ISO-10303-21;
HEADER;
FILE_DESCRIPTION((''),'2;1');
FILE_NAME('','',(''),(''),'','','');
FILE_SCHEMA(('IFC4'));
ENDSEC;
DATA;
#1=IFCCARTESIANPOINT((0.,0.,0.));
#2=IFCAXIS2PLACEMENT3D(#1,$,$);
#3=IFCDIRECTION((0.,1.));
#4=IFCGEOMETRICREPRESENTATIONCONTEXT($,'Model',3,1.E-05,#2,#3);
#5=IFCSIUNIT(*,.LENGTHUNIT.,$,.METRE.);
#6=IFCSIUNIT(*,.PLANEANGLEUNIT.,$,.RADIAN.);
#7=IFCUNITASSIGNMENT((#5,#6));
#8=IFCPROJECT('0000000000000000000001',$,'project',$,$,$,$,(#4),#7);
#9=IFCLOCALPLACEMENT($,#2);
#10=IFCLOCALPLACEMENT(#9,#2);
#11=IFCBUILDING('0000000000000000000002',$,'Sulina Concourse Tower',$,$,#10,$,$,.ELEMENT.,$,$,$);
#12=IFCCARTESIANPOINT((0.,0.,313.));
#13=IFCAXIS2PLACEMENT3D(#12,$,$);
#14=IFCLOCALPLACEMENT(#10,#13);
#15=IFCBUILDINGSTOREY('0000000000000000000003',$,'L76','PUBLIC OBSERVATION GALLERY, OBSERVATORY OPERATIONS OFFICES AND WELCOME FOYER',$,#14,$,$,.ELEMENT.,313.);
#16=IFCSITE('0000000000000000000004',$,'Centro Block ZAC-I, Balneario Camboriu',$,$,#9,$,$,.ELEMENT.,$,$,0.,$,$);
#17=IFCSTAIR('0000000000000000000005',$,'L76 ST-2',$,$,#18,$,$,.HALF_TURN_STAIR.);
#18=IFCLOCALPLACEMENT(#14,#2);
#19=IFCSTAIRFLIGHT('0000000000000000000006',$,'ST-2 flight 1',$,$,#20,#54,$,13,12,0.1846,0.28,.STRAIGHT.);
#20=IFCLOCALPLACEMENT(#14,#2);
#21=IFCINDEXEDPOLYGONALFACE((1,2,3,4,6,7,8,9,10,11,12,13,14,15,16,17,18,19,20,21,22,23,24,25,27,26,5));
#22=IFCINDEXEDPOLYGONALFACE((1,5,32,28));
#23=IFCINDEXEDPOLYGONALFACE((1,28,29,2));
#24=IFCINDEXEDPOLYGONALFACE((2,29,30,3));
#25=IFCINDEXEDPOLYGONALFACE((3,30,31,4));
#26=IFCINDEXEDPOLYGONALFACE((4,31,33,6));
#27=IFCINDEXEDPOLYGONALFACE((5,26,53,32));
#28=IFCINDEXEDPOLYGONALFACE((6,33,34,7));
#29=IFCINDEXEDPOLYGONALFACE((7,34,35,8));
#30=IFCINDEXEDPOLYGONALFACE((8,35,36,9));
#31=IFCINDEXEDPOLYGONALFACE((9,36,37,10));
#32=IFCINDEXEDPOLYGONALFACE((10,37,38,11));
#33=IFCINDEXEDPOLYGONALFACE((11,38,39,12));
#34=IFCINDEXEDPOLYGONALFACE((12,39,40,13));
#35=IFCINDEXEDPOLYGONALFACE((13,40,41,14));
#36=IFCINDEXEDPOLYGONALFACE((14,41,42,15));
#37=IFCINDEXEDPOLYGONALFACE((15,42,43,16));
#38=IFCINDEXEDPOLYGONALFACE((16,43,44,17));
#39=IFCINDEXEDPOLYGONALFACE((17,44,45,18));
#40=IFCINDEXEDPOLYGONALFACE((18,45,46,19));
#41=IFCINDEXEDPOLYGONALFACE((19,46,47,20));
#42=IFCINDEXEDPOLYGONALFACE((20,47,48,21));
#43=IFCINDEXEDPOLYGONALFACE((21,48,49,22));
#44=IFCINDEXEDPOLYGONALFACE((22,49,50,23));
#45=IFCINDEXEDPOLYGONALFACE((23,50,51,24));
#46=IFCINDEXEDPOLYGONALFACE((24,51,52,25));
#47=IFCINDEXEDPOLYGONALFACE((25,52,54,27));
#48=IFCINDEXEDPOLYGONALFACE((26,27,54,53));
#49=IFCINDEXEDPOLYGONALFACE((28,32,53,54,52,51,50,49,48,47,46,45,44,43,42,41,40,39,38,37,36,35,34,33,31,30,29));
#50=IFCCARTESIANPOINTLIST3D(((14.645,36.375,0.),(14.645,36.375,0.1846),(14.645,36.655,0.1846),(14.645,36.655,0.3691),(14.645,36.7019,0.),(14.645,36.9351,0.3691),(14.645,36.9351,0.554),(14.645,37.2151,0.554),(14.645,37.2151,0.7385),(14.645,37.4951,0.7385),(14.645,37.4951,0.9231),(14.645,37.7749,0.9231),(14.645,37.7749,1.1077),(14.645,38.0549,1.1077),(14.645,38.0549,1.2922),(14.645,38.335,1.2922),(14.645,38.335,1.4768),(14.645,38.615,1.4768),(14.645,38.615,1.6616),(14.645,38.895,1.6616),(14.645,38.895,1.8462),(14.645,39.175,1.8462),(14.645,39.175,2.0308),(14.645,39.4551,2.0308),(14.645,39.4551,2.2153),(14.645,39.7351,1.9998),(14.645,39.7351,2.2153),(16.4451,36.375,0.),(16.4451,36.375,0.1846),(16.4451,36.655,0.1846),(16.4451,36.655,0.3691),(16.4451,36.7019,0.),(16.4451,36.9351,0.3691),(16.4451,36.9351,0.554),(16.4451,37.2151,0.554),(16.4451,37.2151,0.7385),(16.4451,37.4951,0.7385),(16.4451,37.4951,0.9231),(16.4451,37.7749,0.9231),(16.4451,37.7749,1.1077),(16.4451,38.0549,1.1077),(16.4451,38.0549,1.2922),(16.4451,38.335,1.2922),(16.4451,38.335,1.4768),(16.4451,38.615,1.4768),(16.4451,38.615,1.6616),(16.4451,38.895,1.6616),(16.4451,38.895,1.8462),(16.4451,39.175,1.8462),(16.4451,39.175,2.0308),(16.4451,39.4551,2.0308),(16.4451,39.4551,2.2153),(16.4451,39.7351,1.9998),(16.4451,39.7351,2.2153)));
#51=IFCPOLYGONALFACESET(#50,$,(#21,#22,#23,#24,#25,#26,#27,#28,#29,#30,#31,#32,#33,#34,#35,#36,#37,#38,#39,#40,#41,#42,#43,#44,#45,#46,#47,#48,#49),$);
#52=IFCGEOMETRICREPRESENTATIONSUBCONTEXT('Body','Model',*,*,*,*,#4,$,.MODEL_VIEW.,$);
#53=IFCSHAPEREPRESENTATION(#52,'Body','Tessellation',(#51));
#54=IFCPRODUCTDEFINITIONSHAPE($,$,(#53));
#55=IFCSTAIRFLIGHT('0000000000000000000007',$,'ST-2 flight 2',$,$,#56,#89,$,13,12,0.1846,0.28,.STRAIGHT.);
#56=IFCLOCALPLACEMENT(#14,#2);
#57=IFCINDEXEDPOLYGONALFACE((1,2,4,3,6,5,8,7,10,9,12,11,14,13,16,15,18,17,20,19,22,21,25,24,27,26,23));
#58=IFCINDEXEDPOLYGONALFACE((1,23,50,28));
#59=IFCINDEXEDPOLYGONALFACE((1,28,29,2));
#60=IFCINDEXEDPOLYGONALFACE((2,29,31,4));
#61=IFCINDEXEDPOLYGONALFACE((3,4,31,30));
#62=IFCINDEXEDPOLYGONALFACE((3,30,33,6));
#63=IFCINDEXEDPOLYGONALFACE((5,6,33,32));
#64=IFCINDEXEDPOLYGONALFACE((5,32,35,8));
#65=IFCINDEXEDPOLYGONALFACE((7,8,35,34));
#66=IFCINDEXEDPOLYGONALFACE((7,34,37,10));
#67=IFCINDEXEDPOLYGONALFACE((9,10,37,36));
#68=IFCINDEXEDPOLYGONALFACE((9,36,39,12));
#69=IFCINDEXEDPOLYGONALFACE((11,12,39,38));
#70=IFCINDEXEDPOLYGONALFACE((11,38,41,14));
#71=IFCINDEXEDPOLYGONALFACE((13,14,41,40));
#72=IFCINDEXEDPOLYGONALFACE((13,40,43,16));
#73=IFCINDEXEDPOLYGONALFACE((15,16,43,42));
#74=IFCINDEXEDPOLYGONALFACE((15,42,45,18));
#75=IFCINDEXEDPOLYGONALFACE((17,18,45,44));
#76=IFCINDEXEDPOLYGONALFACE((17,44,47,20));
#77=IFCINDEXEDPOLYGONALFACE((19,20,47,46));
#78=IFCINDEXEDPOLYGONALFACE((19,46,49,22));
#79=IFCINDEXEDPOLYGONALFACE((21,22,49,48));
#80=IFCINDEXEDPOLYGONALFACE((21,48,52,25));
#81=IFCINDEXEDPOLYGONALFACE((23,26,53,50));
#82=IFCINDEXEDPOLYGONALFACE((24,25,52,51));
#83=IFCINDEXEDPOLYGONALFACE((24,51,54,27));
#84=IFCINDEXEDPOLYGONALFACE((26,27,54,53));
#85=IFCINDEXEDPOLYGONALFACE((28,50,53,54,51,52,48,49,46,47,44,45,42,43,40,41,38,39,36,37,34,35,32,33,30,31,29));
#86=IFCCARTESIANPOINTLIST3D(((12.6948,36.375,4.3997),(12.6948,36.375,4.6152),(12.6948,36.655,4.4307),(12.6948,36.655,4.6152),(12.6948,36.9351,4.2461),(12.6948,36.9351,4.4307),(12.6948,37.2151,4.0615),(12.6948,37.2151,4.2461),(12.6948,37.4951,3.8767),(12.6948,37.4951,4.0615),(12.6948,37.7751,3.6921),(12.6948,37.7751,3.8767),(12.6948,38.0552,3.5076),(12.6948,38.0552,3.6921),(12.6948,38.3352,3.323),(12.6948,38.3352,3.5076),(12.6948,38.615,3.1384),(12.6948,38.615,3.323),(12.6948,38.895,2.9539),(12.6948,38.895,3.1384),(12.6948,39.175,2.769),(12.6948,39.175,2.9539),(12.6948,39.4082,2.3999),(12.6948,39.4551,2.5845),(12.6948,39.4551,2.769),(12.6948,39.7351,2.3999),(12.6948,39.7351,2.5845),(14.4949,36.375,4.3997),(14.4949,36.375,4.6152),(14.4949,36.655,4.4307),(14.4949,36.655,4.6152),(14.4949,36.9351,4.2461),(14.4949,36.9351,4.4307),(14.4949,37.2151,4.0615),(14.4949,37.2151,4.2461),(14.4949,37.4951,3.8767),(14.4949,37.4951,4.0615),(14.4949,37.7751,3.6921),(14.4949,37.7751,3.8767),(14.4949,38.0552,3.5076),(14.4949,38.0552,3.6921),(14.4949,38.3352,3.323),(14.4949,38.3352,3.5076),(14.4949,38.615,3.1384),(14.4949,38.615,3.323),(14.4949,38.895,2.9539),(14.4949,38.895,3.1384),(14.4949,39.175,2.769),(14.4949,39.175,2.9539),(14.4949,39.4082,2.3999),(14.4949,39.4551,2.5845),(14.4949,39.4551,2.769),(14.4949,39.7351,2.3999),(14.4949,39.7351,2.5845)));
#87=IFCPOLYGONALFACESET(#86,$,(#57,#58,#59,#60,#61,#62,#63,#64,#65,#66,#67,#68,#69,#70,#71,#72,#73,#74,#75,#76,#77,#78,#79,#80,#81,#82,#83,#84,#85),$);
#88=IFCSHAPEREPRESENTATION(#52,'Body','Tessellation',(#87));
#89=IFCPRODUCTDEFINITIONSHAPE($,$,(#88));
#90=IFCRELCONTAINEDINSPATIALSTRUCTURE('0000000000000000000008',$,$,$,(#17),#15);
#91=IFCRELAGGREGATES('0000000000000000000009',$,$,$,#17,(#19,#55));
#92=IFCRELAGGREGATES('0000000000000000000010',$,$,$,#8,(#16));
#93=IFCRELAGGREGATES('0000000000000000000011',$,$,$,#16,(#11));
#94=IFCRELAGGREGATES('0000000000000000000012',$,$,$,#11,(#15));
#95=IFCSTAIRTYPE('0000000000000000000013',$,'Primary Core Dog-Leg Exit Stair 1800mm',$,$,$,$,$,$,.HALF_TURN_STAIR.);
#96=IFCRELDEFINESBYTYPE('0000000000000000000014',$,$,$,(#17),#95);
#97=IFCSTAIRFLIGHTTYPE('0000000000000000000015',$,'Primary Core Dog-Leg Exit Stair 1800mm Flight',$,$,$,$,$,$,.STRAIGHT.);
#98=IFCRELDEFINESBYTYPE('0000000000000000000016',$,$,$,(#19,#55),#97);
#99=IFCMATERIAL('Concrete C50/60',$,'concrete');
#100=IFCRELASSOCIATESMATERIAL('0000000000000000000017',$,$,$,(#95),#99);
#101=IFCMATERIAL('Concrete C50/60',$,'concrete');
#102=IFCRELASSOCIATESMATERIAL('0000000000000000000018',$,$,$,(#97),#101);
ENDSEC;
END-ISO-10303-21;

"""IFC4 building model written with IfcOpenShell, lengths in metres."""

from ifc_helpers import new_model, si_unit, direction, frame, origin, place, context, subcontext, project, spatial, polyline, outline, extrude, material, type_object, element, aggregate, save


model = new_model("IFC4")

# Units and contexts
model_context = context("Model", 3, precision=1e-05, world=origin(), true_north=direction((0.0, 1.0)))
body_context = subcontext(model_context, "Body", "Model", "MODEL_VIEW")
ifc_project = project(units=[si_unit("LENGTHUNIT", "METRE"), si_unit("PLANEANGLEUNIT", "RADIAN")], contexts=[model_context])

# Site, building, storey
site_placement = place(None, origin())
site = spatial("IfcSite", under=ifc_project, at=site_placement, Name="Centro Block ZAC-I, Balneario Camboriu", CompositionType="ELEMENT", RefElevation=0.0)
building_placement = place(site_placement, origin())
building = spatial("IfcBuilding", under=site, at=building_placement, Name="Sulina Concourse Tower", CompositionType="ELEMENT")
storey_placement = place(building_placement, frame((0.0, 0.0, 313.0)))
storey = spatial("IfcBuildingStorey", under=building, at=storey_placement, Name="L76", Description="PUBLIC OBSERVATION GALLERY, OBSERVATORY OPERATIONS OFFICES AND WELCOME FOYER", CompositionType="ELEMENT", Elevation=313.0)

# Stair, stair flights
ifc_material_1 = material(Name="Concrete C50/60", Category="concrete")
stair_type = type_object("IfcStairType", Name="Primary Core Dog-Leg Exit Stair 1800mm", PredefinedType="HALF_TURN_STAIR", material=ifc_material_1)
stair_placement = place(storey_placement, origin())
stair = element("IfcStair", 1, at=stair_placement, inside=storey, type_object=stair_type, Name="L76 ST-2", PredefinedType="HALF_TURN_STAIR")
ifc_material_2 = material(Name="Concrete C50/60", Category="concrete")
stair_flight_type = type_object("IfcStairFlightType", Name="Primary Core Dog-Leg Exit Stair 1800mm Flight", PredefinedType="STRAIGHT", material=ifc_material_2)
stair_flight_1_placement = place(storey_placement, frame((15.5449, 36.375, 0.0), z_axis=(0.0, 0.0, 1.0), x_axis=(0.0, 1.0, 0.0)))
stair_flight_1 = element("IfcStairFlight", 2, at=stair_flight_1_placement, type_object=stair_flight_type, Name="ST-2 flight 1", NumberOfRisers=13, NumberOfTreads=12, PredefinedType="STRAIGHT", RiserHeight=0.1846, TreadLength=0.28, context=body_context, shape_type="SweptSolid", body=[
    extrude(outline(polyline([(0.0, 0.0), (0.0, 0.1846), (0.28, 0.1846), (0.28, 0.3691), (0.5601, 0.3691), (0.5601, 0.554), (0.8401, 0.554), (0.8401, 0.7385), (1.1201, 0.7385), (1.1201, 0.9231), (1.3999, 0.9231), (1.3999, 1.1077), (1.6799, 1.1077), (1.6799, 1.2922), (1.96, 1.2922), (1.96, 1.4768), (2.24, 1.4768), (2.24, 1.6616), (2.52, 1.6616), (2.52, 1.8462), (2.8, 1.8462), (2.8, 2.0308), (3.0801, 2.0308), (3.0801, 2.2153), (3.3601, 2.2153), (3.3601, 2.3999), (3.3601, 1.9998), (0.3269, 0.0), (0.0, 0.0)])), frame((0.0, 0.8999, 0.0), z_axis=(0.0, -1.0, 0.0), x_axis=(1.0, 0.0, 0.0)), (0.0, 0.0, 1.0), 1.8),
])
stair_flight_2_placement = place(storey_placement, frame((13.595, 39.7351, 2.3999), z_axis=(0.0, 0.0, 1.0), x_axis=(0.0, -1.0, 0.0)))
stair_flight_2 = element("IfcStairFlight", 3, at=stair_flight_2_placement, type_object=stair_flight_type, Name="ST-2 flight 2", NumberOfRisers=13, NumberOfTreads=12, PredefinedType="STRAIGHT", RiserHeight=0.1846, TreadLength=0.28, context=body_context, shape_type="SweptSolid", body=[
    extrude(outline(polyline([(0.0, 0.0), (0.0, 0.1846), (0.28, 0.1846), (0.28, 0.3691), (0.5601, 0.3691), (0.5601, 0.554), (0.8401, 0.554), (0.8401, 0.7385), (1.1201, 0.7385), (1.1201, 0.9231), (1.3999, 0.9231), (1.3999, 1.1077), (1.6799, 1.1077), (1.6799, 1.2922), (1.96, 1.2922), (1.96, 1.4768), (2.24, 1.4768), (2.24, 1.6616), (2.52, 1.6616), (2.52, 1.8462), (2.8, 1.8462), (2.8, 2.0308), (3.0801, 2.0308), (3.0801, 2.2153), (3.3601, 2.2153), (3.3601, 2.3999), (3.3601, 1.9998), (0.3269, 0.0), (0.0, 0.0)])), frame((0.0, 0.8999, 0.0), z_axis=(0.0, -1.0, 0.0), x_axis=(1.0, 0.0, 0.0)), (0.0, 0.0, 1.0), 1.8),
])
aggregate(stair, [stair_flight_1, stair_flight_2])

save(model, "model.ifc")
